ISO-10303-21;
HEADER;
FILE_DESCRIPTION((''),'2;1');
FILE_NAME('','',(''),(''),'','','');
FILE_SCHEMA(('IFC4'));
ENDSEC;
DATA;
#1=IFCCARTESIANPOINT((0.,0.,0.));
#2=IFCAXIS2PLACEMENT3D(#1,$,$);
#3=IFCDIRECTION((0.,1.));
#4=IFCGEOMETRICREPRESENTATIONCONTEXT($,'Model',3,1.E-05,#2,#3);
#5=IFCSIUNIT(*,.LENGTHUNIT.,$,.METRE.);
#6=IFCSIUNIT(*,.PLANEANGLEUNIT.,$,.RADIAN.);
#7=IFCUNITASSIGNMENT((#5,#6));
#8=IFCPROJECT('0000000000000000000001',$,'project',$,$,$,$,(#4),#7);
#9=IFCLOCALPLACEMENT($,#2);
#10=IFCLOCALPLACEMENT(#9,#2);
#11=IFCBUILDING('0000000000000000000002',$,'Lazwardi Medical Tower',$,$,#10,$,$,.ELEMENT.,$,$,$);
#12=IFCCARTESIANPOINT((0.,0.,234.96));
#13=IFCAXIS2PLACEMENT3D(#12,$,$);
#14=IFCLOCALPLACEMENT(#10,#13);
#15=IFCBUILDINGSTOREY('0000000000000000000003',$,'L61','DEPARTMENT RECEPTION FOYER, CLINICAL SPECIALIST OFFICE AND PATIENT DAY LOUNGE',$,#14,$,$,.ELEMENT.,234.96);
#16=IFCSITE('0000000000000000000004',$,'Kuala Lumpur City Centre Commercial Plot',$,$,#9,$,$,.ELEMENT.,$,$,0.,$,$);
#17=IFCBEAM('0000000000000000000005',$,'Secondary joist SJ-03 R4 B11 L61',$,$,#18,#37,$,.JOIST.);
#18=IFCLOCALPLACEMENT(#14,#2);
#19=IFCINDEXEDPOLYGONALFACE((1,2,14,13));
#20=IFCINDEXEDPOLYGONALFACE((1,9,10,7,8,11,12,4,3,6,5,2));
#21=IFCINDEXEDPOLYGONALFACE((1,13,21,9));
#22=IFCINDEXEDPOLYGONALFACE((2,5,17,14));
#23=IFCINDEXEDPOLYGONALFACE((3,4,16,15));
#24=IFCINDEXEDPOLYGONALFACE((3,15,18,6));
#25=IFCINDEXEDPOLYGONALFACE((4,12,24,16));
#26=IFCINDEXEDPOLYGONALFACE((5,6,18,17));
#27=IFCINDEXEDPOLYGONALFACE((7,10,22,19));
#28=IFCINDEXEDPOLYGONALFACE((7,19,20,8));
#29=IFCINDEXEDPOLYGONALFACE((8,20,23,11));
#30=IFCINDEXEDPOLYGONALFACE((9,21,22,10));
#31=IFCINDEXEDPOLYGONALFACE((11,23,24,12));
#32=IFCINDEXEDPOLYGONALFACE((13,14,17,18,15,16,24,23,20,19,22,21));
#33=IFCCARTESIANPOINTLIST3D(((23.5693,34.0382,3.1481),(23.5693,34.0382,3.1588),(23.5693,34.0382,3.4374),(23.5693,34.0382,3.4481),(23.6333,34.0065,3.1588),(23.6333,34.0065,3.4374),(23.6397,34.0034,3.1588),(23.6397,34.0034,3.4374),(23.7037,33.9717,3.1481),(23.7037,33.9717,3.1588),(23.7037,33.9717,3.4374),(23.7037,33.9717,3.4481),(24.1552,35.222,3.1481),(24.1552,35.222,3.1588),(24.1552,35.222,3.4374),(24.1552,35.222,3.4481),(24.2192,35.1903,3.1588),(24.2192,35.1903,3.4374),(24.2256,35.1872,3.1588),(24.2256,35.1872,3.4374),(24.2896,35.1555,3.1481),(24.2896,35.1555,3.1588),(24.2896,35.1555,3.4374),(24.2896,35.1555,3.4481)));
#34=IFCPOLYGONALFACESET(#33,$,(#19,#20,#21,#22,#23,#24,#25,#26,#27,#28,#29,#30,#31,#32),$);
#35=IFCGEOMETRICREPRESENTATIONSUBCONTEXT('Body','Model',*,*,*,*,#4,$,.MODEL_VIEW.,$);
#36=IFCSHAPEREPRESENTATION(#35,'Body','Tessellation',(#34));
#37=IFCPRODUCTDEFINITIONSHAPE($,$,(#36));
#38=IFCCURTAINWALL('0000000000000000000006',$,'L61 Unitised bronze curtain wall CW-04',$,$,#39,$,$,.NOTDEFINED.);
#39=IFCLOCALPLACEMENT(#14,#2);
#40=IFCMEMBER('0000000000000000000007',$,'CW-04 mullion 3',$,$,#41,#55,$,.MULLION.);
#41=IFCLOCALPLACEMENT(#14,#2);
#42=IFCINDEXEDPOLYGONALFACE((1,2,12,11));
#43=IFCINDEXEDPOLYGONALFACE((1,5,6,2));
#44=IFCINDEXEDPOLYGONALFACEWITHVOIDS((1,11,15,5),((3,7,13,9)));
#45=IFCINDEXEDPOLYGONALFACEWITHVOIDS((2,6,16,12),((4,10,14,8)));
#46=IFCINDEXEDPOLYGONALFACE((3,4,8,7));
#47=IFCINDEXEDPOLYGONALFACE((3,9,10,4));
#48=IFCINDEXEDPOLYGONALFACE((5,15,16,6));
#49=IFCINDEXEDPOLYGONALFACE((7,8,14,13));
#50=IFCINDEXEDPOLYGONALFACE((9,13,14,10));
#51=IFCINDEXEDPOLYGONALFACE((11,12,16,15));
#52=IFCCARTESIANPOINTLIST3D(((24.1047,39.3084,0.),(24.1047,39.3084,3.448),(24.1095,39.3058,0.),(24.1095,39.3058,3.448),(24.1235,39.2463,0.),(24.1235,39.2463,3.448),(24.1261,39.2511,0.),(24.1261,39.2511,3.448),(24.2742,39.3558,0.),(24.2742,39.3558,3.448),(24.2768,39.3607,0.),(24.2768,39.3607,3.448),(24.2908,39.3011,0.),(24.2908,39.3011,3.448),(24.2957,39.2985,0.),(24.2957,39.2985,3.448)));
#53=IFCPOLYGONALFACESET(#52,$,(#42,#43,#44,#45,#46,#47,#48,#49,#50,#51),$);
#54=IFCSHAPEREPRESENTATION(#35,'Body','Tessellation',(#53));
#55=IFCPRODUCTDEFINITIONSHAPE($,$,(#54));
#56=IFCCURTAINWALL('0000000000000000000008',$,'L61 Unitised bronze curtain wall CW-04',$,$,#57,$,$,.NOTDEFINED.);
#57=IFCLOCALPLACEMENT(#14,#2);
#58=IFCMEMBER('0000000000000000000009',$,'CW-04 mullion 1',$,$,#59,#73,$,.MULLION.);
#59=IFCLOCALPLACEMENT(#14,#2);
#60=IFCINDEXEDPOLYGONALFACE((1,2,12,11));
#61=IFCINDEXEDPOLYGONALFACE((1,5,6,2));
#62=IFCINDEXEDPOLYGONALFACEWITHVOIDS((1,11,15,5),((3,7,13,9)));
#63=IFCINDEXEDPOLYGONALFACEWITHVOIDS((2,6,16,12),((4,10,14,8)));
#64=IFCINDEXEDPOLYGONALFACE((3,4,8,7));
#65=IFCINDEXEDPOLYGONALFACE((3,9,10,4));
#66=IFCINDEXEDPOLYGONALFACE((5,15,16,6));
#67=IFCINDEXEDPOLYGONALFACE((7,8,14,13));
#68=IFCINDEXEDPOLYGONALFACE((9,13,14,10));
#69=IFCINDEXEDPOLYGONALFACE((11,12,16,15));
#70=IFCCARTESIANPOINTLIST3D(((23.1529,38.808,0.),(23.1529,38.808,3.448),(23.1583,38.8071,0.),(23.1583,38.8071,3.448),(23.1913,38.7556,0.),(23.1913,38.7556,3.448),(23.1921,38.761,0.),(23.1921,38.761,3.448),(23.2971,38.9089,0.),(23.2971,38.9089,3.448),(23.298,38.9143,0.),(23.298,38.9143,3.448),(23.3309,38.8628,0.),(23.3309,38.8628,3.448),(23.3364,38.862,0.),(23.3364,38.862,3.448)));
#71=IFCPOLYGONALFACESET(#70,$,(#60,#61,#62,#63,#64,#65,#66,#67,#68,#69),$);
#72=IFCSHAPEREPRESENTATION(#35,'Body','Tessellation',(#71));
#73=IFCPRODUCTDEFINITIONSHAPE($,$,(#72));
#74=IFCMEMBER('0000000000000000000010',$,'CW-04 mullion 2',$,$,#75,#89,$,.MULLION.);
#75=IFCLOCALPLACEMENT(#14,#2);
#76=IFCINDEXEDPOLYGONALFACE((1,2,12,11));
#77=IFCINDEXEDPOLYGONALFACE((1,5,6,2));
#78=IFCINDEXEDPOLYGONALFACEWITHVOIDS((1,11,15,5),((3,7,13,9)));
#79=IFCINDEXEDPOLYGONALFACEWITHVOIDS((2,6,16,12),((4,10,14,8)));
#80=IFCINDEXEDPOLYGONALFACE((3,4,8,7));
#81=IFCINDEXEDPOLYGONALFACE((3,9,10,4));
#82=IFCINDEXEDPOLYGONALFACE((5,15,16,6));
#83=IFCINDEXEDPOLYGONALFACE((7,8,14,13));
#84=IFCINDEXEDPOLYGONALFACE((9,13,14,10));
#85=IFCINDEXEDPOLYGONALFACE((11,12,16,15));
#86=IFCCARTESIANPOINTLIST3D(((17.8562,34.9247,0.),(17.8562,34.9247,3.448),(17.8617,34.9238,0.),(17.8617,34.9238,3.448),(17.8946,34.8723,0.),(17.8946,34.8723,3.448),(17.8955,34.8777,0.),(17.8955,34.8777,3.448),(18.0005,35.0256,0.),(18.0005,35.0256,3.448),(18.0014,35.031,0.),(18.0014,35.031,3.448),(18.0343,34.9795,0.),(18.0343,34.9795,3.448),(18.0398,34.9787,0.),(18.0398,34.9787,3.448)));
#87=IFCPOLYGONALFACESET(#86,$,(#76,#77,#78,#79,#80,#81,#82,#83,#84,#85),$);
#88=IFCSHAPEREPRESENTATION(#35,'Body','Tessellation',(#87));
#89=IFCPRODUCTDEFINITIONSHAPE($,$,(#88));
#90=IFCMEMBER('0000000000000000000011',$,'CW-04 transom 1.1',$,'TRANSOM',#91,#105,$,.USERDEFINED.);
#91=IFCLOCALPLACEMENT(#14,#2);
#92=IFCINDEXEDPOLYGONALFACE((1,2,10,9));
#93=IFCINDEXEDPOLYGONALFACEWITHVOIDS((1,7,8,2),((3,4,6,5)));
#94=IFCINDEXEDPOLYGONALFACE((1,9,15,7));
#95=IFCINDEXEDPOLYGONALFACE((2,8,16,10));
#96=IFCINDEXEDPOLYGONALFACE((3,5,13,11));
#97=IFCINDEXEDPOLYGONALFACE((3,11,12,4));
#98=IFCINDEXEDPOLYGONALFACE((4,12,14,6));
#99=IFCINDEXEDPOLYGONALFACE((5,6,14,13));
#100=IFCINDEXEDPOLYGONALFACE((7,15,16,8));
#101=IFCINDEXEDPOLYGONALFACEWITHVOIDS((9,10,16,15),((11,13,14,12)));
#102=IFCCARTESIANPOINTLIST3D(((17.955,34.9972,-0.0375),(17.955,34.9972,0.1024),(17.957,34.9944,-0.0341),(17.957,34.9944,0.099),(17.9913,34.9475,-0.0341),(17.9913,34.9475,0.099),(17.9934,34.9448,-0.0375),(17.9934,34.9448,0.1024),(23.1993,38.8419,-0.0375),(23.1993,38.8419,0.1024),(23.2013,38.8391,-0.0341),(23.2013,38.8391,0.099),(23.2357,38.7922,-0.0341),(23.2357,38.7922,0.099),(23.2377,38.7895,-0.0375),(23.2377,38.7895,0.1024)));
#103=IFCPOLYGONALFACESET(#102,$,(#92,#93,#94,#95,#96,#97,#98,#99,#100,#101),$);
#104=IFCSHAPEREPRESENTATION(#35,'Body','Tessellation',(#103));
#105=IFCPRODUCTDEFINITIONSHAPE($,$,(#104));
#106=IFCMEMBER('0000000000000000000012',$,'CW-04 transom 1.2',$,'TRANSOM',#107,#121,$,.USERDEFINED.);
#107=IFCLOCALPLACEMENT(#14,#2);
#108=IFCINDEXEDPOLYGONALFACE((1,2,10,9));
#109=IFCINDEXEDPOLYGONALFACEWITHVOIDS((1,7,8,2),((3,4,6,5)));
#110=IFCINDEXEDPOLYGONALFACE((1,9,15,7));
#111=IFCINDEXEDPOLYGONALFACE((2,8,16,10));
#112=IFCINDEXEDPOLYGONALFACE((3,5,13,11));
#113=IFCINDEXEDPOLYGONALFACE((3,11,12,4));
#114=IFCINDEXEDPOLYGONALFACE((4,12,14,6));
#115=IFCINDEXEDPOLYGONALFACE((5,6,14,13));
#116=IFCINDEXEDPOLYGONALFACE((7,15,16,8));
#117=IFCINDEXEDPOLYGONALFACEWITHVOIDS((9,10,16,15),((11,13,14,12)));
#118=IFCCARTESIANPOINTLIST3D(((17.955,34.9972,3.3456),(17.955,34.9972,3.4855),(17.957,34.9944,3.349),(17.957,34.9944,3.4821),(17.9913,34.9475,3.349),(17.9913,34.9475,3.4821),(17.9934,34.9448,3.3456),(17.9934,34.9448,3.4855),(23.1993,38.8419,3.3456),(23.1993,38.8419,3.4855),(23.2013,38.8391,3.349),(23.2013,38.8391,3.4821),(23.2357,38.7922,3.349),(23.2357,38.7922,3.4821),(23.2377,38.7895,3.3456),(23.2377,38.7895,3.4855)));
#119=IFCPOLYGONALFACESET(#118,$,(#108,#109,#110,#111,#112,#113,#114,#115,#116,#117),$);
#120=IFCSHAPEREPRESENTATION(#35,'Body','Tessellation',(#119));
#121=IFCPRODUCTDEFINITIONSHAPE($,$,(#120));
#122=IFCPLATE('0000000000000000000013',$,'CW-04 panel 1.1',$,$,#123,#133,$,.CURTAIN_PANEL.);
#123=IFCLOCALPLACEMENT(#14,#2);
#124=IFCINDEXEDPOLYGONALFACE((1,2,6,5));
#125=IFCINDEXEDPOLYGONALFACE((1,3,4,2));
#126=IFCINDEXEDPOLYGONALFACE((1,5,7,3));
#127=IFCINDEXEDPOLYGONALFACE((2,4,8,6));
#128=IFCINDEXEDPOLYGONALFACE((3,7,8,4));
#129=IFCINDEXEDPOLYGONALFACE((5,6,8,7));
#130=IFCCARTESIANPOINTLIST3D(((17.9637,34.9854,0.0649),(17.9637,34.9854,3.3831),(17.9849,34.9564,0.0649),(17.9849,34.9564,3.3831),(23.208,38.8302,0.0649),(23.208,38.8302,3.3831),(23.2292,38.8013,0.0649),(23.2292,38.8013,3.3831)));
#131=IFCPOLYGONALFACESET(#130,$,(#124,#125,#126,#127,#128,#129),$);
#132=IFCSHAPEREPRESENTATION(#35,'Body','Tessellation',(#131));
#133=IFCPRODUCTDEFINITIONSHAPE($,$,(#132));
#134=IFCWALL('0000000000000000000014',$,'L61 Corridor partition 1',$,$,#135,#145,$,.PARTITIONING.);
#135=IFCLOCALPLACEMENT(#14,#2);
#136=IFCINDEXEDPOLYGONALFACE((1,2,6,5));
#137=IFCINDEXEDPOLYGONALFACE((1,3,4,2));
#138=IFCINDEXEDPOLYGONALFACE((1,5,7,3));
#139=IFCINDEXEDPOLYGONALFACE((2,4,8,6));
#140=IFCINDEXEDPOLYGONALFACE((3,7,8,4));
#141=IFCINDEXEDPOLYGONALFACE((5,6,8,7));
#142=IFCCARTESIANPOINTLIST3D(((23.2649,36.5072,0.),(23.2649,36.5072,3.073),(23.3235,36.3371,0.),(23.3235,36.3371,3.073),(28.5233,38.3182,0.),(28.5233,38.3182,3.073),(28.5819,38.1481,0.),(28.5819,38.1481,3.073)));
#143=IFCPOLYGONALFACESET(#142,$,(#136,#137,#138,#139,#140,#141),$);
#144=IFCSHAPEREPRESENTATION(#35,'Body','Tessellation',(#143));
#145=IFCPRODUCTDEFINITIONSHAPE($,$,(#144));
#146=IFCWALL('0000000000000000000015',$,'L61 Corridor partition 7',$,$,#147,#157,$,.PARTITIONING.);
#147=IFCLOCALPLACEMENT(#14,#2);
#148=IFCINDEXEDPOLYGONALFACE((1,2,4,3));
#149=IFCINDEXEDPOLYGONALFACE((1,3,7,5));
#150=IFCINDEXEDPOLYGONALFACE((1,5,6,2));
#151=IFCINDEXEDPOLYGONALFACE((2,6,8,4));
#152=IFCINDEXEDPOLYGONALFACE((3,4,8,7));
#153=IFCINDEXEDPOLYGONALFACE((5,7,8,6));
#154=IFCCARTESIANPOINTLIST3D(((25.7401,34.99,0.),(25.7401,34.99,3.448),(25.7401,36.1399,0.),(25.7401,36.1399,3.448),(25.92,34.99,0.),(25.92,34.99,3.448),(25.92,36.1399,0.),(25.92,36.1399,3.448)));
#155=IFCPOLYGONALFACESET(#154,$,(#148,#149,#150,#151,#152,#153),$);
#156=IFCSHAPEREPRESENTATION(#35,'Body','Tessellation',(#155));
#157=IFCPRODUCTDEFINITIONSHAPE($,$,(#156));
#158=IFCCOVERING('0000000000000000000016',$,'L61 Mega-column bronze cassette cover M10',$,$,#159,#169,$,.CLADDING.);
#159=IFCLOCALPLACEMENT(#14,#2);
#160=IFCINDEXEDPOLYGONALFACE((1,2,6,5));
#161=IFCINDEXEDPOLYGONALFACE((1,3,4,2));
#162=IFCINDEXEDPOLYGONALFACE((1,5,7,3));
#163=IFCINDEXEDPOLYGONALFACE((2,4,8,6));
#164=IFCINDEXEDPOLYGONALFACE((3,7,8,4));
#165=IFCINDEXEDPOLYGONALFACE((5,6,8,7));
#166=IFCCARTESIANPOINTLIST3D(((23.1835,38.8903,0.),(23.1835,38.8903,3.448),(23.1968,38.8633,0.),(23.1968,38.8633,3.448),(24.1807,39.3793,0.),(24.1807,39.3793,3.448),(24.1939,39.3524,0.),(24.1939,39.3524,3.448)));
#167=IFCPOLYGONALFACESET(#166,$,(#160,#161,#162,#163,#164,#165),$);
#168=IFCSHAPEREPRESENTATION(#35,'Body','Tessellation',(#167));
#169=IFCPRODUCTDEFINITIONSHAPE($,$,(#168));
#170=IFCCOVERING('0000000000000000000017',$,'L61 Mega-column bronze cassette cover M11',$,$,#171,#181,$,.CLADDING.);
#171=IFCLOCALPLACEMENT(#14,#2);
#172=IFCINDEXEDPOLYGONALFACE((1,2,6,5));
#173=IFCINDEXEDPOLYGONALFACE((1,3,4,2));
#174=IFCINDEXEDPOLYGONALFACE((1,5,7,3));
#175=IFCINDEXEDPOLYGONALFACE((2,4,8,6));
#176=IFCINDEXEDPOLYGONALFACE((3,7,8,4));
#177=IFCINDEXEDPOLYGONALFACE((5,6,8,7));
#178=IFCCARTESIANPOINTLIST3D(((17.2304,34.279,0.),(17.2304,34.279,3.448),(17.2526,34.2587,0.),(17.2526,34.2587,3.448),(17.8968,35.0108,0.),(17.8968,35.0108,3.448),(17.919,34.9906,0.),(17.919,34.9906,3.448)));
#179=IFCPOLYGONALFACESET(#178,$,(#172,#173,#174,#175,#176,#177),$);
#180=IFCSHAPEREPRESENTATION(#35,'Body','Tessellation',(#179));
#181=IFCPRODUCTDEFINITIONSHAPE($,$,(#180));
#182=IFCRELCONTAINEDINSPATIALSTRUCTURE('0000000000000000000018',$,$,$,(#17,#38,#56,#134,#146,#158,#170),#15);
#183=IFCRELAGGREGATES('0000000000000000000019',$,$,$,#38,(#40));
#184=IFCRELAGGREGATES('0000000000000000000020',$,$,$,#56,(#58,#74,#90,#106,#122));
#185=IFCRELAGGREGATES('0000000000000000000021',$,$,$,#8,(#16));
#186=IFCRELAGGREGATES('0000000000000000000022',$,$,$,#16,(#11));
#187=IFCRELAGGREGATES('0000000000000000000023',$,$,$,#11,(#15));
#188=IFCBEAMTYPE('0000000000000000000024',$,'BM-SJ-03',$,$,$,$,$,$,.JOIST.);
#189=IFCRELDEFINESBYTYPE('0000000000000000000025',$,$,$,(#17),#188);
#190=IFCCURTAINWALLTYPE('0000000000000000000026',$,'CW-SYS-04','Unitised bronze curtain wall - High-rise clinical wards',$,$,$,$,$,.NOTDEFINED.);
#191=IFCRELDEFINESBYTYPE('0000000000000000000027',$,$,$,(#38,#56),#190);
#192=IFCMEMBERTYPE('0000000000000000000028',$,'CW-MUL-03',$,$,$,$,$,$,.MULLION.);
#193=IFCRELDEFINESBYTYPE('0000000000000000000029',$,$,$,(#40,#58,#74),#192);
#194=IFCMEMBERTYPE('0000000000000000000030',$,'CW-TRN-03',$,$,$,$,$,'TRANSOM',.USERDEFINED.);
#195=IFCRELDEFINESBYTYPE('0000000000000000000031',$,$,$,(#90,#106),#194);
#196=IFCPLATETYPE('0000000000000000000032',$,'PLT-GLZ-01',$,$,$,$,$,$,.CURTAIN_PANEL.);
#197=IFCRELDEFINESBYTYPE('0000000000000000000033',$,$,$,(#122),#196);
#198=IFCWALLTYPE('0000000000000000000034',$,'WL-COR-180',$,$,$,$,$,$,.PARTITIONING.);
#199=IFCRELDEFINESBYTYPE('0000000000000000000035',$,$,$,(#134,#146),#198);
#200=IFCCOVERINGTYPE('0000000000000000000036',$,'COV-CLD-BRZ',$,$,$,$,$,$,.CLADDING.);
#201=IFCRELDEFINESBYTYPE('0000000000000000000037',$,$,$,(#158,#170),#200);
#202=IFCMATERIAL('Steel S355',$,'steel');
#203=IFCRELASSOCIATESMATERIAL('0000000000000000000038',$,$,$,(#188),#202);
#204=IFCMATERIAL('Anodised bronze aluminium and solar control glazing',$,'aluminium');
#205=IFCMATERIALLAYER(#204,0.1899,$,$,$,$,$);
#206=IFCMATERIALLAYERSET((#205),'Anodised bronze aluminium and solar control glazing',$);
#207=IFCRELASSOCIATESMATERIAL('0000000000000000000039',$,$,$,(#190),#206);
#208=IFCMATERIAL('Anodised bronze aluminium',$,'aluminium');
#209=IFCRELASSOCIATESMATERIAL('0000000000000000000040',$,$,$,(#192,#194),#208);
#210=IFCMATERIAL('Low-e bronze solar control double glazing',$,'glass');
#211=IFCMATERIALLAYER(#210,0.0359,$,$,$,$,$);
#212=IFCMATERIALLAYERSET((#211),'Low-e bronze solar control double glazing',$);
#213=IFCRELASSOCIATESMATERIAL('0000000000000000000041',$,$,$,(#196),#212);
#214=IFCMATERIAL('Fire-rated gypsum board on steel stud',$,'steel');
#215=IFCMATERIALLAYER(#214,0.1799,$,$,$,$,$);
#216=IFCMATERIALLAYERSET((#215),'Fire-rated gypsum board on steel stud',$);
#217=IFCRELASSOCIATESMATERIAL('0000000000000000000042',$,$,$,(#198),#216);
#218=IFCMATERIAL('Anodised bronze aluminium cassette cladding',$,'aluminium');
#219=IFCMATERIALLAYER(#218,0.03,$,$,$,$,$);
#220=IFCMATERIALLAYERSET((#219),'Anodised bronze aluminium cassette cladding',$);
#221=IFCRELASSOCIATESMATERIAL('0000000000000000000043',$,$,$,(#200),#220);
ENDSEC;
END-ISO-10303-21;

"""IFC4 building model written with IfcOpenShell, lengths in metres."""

from ifc_helpers import new_model, si_unit, direction, frame, frame_2d, origin, origin_2d, place, context, subcontext, project, spatial, rectangle, hollow_rectangle, i_section, extrude, material, layer, layer_set, material_profile, profile_set, type_object, element, aggregate, save


model = new_model("IFC4")

# Units and contexts
model_context = context("Model", 3, precision=1e-05, world=origin(), true_north=direction((0.0, 1.0)))
body_context = subcontext(model_context, "Body", "Model", "MODEL_VIEW")
ifc_project = project(units=[si_unit("LENGTHUNIT", "METRE"), si_unit("PLANEANGLEUNIT", "RADIAN")], contexts=[model_context])

# Site, building, storey
site_placement = place(None, origin())
site = spatial("IfcSite", under=ifc_project, at=site_placement, Name="Kuala Lumpur City Centre Commercial Plot", CompositionType="ELEMENT", RefElevation=0.0)
building_placement = place(site_placement, origin())
building = spatial("IfcBuilding", under=site, at=building_placement, Name="Lazwardi Medical Tower", CompositionType="ELEMENT")
storey_placement = place(building_placement, frame((0.0, 0.0, 234.96)))
storey = spatial("IfcBuildingStorey", under=building, at=storey_placement, Name="L61", Description="DEPARTMENT RECEPTION FOYER, CLINICAL SPECIALIST OFFICE AND PATIENT DAY LOUNGE", CompositionType="ELEMENT", Elevation=234.96)

# Beam
ifc_material_1 = material(Name="Steel S355", Category="steel")
ifc_material_profile_1 = material_profile(ifc_material_1, i_section(OverallWidth=0.1499, OverallDepth=0.3, WebThickness=0.0071, FlangeThickness=0.0107, at=origin_2d()), Name="IPE 300")
ifc_profile_set_1 = profile_set([ifc_material_profile_1], Name="Steel S355")
beam_type_1 = type_object("IfcBeamType", Name="BM-SJ-03", PredefinedType="JOIST", material=ifc_profile_set_1)
beam_1_placement = place(storey_placement, frame((24.2224, 35.1887, 3.2981), z_axis=(-0.443587, -0.896231, 0.0), x_axis=(0.896231, -0.443587, 0.0)))
element("IfcBeam", 1, at=beam_1_placement, inside=storey, type_object=beam_type_1, Name="Secondary joist SJ-03 R4 B11 L61", PredefinedType="JOIST", context=body_context, shape_type="SweptSolid", body=[
    extrude(i_section(OverallWidth=0.1499, OverallDepth=0.3, WebThickness=0.0071, FlangeThickness=0.0107, at=origin_2d()), origin(), (0.0, 0.0, 1.0), 1.3208),
])

# Curtain wall, member
ifc_material_2 = material(Name="Anodised bronze aluminium and solar control glazing", Category="aluminium")
ifc_layer_1 = layer(ifc_material_2, 0.1899)
ifc_layer_set_1 = layer_set([ifc_layer_1], Name="Anodised bronze aluminium and solar control glazing")
curtain_wall_type = type_object("IfcCurtainWallType", Name="CW-SYS-04", Description="Unitised bronze curtain wall - High-rise clinical wards", PredefinedType="NOTDEFINED", material=ifc_layer_set_1)
curtain_wall_1_placement = place(storey_placement, origin())
curtain_wall_1 = element("IfcCurtainWall", 2, at=curtain_wall_1_placement, inside=storey, type_object=curtain_wall_type, Name="L61 Unitised bronze curtain wall CW-04", PredefinedType="NOTDEFINED")
ifc_material_3 = material(Name="Anodised bronze aluminium", Category="aluminium")
ifc_material_profile_2 = material_profile(ifc_material_3, hollow_rectangle(XDim=0.0649, YDim=0.1799, WallThickness=0.0039, at=origin_2d()), Name="ALU-MULLION 180x65x4")
ifc_profile_set_2 = profile_set([ifc_material_profile_2], Name="Anodised bronze aluminium")
member_type_1 = type_object("IfcMemberType", Name="CW-MUL-03", PredefinedType="MULLION", material=ifc_profile_set_2)
member_1_placement = place(storey_placement, frame((24.2002, 39.3035, 0.0), z_axis=(0.0, 0.0, 1.0), x_axis=(0.290582, -0.95685, 0.0)))
member_1 = element("IfcMember", 3, at=member_1_placement, type_object=member_type_1, Name="CW-04 mullion 3", PredefinedType="MULLION", context=body_context, shape_type="SweptSolid", body=[
    extrude(hollow_rectangle(XDim=0.0649, YDim=0.1799, WallThickness=0.0039, at=origin_2d()), origin(), (0.0, 0.0, 1.0), 3.448),
])
aggregate(curtain_wall_1, [member_1])

# Curtain wall, members, plate
curtain_wall_2_placement = place(storey_placement, origin())
curtain_wall_2 = element("IfcCurtainWall", 4, at=curtain_wall_2_placement, inside=storey, type_object=curtain_wall_type, Name="L61 Unitised bronze curtain wall CW-04", PredefinedType="NOTDEFINED")
member_2_placement = place(storey_placement, frame((23.2446, 38.835, 0.0), z_axis=(0.0, 0.0, 1.0), x_axis=(0.591268, -0.806475, 0.0)))
member_2 = element("IfcMember", 5, at=member_2_placement, type_object=member_type_1, Name="CW-04 mullion 1", PredefinedType="MULLION", context=body_context, shape_type="SweptSolid", body=[
    extrude(hollow_rectangle(XDim=0.0649, YDim=0.1799, WallThickness=0.0039, at=origin_2d()), origin(), (0.0, 0.0, 1.0), 3.448),
])
member_3_placement = place(storey_placement, frame((17.948, 34.9517, 0.0), z_axis=(0.0, 0.0, 1.0), x_axis=(0.591268, -0.806475, 0.0)))
member_3 = element("IfcMember", 6, at=member_3_placement, type_object=member_type_1, Name="CW-04 mullion 2", PredefinedType="MULLION", context=body_context, shape_type="SweptSolid", body=[
    extrude(hollow_rectangle(XDim=0.0649, YDim=0.1799, WallThickness=0.0039, at=origin_2d()), origin(), (0.0, 0.0, 1.0), 3.448),
])
ifc_material_profile_3 = material_profile(ifc_material_3, hollow_rectangle(XDim=0.0649, YDim=0.1399, WallThickness=0.0034, at=origin_2d()), Name="ALU-TRANSOM 140x65x3.5")
ifc_profile_set_3 = profile_set([ifc_material_profile_3], Name="Anodised bronze aluminium")
member_type_2 = type_object("IfcMemberType", Name="CW-TRN-03", ElementType="TRANSOM", PredefinedType="USERDEFINED", material=ifc_profile_set_3)
member_4_placement = place(storey_placement, frame((23.2185, 38.8157, 0.0325), z_axis=(-0.80649, -0.591248, 0.0), x_axis=(0.591248, -0.80649, 0.0)))
member_4 = element("IfcMember", 7, at=member_4_placement, type_object=member_type_2, Name="CW-04 transom 1.1", ObjectType="TRANSOM", PredefinedType="USERDEFINED", context=body_context, shape_type="SweptSolid", body=[
    extrude(hollow_rectangle(XDim=0.0649, YDim=0.1399, WallThickness=0.0034, at=origin_2d()), origin(), (0.0, 0.0, 1.0), 6.5027),
])
member_5_placement = place(storey_placement, frame((23.2185, 38.8157, 3.4155), z_axis=(-0.80649, -0.591248, 0.0), x_axis=(0.591248, -0.80649, 0.0)))
member_5 = element("IfcMember", 8, at=member_5_placement, type_object=member_type_2, Name="CW-04 transom 1.2", ObjectType="TRANSOM", PredefinedType="USERDEFINED", context=body_context, shape_type="SweptSolid", body=[
    extrude(hollow_rectangle(XDim=0.0649, YDim=0.1399, WallThickness=0.0034, at=origin_2d()), origin(), (0.0, 0.0, 1.0), 6.5027),
])
ifc_material_4 = material(Name="Low-e bronze solar control double glazing", Category="glass")
ifc_layer_2 = layer(ifc_material_4, 0.0359)
ifc_layer_set_2 = layer_set([ifc_layer_2], Name="Low-e bronze solar control double glazing")
plate_type = type_object("IfcPlateType", Name="PLT-GLZ-01", PredefinedType="CURTAIN_PANEL", material=ifc_layer_set_2)
plate_placement = place(storey_placement, frame((20.5964, 36.8933, 0.0649), z_axis=(0.0, 0.0, 1.0), x_axis=(-0.806475, -0.591268, 0.0)))
plate = element("IfcPlate", 9, at=plate_placement, type_object=plate_type, Name="CW-04 panel 1.1", PredefinedType="CURTAIN_PANEL", context=body_context, shape_type="SweptSolid", body=[
    extrude(rectangle(XDim=6.5027, YDim=0.0359, at=origin_2d()), origin(), (0.0, 0.0, 1.0), 3.3181),
])
aggregate(curtain_wall_2, [member_2, member_3, member_4, member_5, plate])

# Walls
ifc_material_5 = material(Name="Fire-rated gypsum board on steel stud", Category="steel")
ifc_layer_3 = layer(ifc_material_5, 0.1799)
ifc_layer_set_3 = layer_set([ifc_layer_3], Name="Fire-rated gypsum board on steel stud")
wall_type = type_object("IfcWallType", Name="WL-COR-180", PredefinedType="PARTITIONING", material=ifc_layer_set_3)
wall_1_placement = place(storey_placement, frame((23.2942, 36.4221, 0.0), z_axis=(0.0, 0.0, 1.0), x_axis=(0.945493, 0.325642, 0.0)))
element("IfcWall", 10, at=wall_1_placement, inside=storey, type_object=wall_type, Name="L61 Corridor partition 1", PredefinedType="PARTITIONING", context=body_context, shape_type="SweptSolid", body=[
    extrude(rectangle(XDim=5.5615, YDim=0.1799, at=frame_2d((2.7808, 0.0))), origin(), (0.0, 0.0, 1.0), 3.073),
])
wall_2_placement = place(storey_placement, frame((25.8301, 36.1399, 0.0), z_axis=(0.0, 0.0, 1.0), x_axis=(0.0, -1.0, 0.0)))
element("IfcWall", 11, at=wall_2_placement, inside=storey, type_object=wall_type, Name="L61 Corridor partition 7", PredefinedType="PARTITIONING", context=body_context, shape_type="SweptSolid", body=[
    extrude(rectangle(XDim=1.1499, YDim=0.1799, at=frame_2d((0.575, 0.0))), origin(), (0.0, 0.0, 1.0), 3.448),
])

# Coverings
ifc_material_6 = material(Name="Anodised bronze aluminium cassette cladding", Category="aluminium")
ifc_layer_4 = layer(ifc_material_6, 0.03)
ifc_layer_set_4 = layer_set([ifc_layer_4], Name="Anodised bronze aluminium cassette cladding")
covering_type = type_object("IfcCoveringType", Name="COV-CLD-BRZ", PredefinedType="CLADDING", material=ifc_layer_set_4)
covering_1_placement = place(storey_placement, frame((23.6887, 39.1213, 0.0), z_axis=(0.0, 0.0, 1.0), x_axis=(-0.89784, -0.440322, 0.0)))
element("IfcCovering", 12, at=covering_1_placement, inside=storey, type_object=covering_type, Name="L61 Mega-column bronze cassette cover M10", PredefinedType="CLADDING", context=body_context, shape_type="SweptSolid", body=[
    extrude(rectangle(XDim=1.1106, YDim=0.03, at=origin_2d()), origin(), (0.0, 0.0, 1.0), 3.448),
])
covering_2_placement = place(storey_placement, frame((17.5747, 34.6348, 0.0), z_axis=(0.0, 0.0, 1.0), x_axis=(-0.673241, -0.739423, 0.0)))
element("IfcCovering", 13, at=covering_2_placement, inside=storey, type_object=covering_type, Name="L61 Mega-column bronze cassette cover M11", PredefinedType="CLADDING", context=body_context, shape_type="SweptSolid", body=[
    extrude(rectangle(XDim=0.9897, YDim=0.03, at=origin_2d()), origin(), (0.0, 0.0, 1.0), 3.448),
])

save(model, "model.ifc")
